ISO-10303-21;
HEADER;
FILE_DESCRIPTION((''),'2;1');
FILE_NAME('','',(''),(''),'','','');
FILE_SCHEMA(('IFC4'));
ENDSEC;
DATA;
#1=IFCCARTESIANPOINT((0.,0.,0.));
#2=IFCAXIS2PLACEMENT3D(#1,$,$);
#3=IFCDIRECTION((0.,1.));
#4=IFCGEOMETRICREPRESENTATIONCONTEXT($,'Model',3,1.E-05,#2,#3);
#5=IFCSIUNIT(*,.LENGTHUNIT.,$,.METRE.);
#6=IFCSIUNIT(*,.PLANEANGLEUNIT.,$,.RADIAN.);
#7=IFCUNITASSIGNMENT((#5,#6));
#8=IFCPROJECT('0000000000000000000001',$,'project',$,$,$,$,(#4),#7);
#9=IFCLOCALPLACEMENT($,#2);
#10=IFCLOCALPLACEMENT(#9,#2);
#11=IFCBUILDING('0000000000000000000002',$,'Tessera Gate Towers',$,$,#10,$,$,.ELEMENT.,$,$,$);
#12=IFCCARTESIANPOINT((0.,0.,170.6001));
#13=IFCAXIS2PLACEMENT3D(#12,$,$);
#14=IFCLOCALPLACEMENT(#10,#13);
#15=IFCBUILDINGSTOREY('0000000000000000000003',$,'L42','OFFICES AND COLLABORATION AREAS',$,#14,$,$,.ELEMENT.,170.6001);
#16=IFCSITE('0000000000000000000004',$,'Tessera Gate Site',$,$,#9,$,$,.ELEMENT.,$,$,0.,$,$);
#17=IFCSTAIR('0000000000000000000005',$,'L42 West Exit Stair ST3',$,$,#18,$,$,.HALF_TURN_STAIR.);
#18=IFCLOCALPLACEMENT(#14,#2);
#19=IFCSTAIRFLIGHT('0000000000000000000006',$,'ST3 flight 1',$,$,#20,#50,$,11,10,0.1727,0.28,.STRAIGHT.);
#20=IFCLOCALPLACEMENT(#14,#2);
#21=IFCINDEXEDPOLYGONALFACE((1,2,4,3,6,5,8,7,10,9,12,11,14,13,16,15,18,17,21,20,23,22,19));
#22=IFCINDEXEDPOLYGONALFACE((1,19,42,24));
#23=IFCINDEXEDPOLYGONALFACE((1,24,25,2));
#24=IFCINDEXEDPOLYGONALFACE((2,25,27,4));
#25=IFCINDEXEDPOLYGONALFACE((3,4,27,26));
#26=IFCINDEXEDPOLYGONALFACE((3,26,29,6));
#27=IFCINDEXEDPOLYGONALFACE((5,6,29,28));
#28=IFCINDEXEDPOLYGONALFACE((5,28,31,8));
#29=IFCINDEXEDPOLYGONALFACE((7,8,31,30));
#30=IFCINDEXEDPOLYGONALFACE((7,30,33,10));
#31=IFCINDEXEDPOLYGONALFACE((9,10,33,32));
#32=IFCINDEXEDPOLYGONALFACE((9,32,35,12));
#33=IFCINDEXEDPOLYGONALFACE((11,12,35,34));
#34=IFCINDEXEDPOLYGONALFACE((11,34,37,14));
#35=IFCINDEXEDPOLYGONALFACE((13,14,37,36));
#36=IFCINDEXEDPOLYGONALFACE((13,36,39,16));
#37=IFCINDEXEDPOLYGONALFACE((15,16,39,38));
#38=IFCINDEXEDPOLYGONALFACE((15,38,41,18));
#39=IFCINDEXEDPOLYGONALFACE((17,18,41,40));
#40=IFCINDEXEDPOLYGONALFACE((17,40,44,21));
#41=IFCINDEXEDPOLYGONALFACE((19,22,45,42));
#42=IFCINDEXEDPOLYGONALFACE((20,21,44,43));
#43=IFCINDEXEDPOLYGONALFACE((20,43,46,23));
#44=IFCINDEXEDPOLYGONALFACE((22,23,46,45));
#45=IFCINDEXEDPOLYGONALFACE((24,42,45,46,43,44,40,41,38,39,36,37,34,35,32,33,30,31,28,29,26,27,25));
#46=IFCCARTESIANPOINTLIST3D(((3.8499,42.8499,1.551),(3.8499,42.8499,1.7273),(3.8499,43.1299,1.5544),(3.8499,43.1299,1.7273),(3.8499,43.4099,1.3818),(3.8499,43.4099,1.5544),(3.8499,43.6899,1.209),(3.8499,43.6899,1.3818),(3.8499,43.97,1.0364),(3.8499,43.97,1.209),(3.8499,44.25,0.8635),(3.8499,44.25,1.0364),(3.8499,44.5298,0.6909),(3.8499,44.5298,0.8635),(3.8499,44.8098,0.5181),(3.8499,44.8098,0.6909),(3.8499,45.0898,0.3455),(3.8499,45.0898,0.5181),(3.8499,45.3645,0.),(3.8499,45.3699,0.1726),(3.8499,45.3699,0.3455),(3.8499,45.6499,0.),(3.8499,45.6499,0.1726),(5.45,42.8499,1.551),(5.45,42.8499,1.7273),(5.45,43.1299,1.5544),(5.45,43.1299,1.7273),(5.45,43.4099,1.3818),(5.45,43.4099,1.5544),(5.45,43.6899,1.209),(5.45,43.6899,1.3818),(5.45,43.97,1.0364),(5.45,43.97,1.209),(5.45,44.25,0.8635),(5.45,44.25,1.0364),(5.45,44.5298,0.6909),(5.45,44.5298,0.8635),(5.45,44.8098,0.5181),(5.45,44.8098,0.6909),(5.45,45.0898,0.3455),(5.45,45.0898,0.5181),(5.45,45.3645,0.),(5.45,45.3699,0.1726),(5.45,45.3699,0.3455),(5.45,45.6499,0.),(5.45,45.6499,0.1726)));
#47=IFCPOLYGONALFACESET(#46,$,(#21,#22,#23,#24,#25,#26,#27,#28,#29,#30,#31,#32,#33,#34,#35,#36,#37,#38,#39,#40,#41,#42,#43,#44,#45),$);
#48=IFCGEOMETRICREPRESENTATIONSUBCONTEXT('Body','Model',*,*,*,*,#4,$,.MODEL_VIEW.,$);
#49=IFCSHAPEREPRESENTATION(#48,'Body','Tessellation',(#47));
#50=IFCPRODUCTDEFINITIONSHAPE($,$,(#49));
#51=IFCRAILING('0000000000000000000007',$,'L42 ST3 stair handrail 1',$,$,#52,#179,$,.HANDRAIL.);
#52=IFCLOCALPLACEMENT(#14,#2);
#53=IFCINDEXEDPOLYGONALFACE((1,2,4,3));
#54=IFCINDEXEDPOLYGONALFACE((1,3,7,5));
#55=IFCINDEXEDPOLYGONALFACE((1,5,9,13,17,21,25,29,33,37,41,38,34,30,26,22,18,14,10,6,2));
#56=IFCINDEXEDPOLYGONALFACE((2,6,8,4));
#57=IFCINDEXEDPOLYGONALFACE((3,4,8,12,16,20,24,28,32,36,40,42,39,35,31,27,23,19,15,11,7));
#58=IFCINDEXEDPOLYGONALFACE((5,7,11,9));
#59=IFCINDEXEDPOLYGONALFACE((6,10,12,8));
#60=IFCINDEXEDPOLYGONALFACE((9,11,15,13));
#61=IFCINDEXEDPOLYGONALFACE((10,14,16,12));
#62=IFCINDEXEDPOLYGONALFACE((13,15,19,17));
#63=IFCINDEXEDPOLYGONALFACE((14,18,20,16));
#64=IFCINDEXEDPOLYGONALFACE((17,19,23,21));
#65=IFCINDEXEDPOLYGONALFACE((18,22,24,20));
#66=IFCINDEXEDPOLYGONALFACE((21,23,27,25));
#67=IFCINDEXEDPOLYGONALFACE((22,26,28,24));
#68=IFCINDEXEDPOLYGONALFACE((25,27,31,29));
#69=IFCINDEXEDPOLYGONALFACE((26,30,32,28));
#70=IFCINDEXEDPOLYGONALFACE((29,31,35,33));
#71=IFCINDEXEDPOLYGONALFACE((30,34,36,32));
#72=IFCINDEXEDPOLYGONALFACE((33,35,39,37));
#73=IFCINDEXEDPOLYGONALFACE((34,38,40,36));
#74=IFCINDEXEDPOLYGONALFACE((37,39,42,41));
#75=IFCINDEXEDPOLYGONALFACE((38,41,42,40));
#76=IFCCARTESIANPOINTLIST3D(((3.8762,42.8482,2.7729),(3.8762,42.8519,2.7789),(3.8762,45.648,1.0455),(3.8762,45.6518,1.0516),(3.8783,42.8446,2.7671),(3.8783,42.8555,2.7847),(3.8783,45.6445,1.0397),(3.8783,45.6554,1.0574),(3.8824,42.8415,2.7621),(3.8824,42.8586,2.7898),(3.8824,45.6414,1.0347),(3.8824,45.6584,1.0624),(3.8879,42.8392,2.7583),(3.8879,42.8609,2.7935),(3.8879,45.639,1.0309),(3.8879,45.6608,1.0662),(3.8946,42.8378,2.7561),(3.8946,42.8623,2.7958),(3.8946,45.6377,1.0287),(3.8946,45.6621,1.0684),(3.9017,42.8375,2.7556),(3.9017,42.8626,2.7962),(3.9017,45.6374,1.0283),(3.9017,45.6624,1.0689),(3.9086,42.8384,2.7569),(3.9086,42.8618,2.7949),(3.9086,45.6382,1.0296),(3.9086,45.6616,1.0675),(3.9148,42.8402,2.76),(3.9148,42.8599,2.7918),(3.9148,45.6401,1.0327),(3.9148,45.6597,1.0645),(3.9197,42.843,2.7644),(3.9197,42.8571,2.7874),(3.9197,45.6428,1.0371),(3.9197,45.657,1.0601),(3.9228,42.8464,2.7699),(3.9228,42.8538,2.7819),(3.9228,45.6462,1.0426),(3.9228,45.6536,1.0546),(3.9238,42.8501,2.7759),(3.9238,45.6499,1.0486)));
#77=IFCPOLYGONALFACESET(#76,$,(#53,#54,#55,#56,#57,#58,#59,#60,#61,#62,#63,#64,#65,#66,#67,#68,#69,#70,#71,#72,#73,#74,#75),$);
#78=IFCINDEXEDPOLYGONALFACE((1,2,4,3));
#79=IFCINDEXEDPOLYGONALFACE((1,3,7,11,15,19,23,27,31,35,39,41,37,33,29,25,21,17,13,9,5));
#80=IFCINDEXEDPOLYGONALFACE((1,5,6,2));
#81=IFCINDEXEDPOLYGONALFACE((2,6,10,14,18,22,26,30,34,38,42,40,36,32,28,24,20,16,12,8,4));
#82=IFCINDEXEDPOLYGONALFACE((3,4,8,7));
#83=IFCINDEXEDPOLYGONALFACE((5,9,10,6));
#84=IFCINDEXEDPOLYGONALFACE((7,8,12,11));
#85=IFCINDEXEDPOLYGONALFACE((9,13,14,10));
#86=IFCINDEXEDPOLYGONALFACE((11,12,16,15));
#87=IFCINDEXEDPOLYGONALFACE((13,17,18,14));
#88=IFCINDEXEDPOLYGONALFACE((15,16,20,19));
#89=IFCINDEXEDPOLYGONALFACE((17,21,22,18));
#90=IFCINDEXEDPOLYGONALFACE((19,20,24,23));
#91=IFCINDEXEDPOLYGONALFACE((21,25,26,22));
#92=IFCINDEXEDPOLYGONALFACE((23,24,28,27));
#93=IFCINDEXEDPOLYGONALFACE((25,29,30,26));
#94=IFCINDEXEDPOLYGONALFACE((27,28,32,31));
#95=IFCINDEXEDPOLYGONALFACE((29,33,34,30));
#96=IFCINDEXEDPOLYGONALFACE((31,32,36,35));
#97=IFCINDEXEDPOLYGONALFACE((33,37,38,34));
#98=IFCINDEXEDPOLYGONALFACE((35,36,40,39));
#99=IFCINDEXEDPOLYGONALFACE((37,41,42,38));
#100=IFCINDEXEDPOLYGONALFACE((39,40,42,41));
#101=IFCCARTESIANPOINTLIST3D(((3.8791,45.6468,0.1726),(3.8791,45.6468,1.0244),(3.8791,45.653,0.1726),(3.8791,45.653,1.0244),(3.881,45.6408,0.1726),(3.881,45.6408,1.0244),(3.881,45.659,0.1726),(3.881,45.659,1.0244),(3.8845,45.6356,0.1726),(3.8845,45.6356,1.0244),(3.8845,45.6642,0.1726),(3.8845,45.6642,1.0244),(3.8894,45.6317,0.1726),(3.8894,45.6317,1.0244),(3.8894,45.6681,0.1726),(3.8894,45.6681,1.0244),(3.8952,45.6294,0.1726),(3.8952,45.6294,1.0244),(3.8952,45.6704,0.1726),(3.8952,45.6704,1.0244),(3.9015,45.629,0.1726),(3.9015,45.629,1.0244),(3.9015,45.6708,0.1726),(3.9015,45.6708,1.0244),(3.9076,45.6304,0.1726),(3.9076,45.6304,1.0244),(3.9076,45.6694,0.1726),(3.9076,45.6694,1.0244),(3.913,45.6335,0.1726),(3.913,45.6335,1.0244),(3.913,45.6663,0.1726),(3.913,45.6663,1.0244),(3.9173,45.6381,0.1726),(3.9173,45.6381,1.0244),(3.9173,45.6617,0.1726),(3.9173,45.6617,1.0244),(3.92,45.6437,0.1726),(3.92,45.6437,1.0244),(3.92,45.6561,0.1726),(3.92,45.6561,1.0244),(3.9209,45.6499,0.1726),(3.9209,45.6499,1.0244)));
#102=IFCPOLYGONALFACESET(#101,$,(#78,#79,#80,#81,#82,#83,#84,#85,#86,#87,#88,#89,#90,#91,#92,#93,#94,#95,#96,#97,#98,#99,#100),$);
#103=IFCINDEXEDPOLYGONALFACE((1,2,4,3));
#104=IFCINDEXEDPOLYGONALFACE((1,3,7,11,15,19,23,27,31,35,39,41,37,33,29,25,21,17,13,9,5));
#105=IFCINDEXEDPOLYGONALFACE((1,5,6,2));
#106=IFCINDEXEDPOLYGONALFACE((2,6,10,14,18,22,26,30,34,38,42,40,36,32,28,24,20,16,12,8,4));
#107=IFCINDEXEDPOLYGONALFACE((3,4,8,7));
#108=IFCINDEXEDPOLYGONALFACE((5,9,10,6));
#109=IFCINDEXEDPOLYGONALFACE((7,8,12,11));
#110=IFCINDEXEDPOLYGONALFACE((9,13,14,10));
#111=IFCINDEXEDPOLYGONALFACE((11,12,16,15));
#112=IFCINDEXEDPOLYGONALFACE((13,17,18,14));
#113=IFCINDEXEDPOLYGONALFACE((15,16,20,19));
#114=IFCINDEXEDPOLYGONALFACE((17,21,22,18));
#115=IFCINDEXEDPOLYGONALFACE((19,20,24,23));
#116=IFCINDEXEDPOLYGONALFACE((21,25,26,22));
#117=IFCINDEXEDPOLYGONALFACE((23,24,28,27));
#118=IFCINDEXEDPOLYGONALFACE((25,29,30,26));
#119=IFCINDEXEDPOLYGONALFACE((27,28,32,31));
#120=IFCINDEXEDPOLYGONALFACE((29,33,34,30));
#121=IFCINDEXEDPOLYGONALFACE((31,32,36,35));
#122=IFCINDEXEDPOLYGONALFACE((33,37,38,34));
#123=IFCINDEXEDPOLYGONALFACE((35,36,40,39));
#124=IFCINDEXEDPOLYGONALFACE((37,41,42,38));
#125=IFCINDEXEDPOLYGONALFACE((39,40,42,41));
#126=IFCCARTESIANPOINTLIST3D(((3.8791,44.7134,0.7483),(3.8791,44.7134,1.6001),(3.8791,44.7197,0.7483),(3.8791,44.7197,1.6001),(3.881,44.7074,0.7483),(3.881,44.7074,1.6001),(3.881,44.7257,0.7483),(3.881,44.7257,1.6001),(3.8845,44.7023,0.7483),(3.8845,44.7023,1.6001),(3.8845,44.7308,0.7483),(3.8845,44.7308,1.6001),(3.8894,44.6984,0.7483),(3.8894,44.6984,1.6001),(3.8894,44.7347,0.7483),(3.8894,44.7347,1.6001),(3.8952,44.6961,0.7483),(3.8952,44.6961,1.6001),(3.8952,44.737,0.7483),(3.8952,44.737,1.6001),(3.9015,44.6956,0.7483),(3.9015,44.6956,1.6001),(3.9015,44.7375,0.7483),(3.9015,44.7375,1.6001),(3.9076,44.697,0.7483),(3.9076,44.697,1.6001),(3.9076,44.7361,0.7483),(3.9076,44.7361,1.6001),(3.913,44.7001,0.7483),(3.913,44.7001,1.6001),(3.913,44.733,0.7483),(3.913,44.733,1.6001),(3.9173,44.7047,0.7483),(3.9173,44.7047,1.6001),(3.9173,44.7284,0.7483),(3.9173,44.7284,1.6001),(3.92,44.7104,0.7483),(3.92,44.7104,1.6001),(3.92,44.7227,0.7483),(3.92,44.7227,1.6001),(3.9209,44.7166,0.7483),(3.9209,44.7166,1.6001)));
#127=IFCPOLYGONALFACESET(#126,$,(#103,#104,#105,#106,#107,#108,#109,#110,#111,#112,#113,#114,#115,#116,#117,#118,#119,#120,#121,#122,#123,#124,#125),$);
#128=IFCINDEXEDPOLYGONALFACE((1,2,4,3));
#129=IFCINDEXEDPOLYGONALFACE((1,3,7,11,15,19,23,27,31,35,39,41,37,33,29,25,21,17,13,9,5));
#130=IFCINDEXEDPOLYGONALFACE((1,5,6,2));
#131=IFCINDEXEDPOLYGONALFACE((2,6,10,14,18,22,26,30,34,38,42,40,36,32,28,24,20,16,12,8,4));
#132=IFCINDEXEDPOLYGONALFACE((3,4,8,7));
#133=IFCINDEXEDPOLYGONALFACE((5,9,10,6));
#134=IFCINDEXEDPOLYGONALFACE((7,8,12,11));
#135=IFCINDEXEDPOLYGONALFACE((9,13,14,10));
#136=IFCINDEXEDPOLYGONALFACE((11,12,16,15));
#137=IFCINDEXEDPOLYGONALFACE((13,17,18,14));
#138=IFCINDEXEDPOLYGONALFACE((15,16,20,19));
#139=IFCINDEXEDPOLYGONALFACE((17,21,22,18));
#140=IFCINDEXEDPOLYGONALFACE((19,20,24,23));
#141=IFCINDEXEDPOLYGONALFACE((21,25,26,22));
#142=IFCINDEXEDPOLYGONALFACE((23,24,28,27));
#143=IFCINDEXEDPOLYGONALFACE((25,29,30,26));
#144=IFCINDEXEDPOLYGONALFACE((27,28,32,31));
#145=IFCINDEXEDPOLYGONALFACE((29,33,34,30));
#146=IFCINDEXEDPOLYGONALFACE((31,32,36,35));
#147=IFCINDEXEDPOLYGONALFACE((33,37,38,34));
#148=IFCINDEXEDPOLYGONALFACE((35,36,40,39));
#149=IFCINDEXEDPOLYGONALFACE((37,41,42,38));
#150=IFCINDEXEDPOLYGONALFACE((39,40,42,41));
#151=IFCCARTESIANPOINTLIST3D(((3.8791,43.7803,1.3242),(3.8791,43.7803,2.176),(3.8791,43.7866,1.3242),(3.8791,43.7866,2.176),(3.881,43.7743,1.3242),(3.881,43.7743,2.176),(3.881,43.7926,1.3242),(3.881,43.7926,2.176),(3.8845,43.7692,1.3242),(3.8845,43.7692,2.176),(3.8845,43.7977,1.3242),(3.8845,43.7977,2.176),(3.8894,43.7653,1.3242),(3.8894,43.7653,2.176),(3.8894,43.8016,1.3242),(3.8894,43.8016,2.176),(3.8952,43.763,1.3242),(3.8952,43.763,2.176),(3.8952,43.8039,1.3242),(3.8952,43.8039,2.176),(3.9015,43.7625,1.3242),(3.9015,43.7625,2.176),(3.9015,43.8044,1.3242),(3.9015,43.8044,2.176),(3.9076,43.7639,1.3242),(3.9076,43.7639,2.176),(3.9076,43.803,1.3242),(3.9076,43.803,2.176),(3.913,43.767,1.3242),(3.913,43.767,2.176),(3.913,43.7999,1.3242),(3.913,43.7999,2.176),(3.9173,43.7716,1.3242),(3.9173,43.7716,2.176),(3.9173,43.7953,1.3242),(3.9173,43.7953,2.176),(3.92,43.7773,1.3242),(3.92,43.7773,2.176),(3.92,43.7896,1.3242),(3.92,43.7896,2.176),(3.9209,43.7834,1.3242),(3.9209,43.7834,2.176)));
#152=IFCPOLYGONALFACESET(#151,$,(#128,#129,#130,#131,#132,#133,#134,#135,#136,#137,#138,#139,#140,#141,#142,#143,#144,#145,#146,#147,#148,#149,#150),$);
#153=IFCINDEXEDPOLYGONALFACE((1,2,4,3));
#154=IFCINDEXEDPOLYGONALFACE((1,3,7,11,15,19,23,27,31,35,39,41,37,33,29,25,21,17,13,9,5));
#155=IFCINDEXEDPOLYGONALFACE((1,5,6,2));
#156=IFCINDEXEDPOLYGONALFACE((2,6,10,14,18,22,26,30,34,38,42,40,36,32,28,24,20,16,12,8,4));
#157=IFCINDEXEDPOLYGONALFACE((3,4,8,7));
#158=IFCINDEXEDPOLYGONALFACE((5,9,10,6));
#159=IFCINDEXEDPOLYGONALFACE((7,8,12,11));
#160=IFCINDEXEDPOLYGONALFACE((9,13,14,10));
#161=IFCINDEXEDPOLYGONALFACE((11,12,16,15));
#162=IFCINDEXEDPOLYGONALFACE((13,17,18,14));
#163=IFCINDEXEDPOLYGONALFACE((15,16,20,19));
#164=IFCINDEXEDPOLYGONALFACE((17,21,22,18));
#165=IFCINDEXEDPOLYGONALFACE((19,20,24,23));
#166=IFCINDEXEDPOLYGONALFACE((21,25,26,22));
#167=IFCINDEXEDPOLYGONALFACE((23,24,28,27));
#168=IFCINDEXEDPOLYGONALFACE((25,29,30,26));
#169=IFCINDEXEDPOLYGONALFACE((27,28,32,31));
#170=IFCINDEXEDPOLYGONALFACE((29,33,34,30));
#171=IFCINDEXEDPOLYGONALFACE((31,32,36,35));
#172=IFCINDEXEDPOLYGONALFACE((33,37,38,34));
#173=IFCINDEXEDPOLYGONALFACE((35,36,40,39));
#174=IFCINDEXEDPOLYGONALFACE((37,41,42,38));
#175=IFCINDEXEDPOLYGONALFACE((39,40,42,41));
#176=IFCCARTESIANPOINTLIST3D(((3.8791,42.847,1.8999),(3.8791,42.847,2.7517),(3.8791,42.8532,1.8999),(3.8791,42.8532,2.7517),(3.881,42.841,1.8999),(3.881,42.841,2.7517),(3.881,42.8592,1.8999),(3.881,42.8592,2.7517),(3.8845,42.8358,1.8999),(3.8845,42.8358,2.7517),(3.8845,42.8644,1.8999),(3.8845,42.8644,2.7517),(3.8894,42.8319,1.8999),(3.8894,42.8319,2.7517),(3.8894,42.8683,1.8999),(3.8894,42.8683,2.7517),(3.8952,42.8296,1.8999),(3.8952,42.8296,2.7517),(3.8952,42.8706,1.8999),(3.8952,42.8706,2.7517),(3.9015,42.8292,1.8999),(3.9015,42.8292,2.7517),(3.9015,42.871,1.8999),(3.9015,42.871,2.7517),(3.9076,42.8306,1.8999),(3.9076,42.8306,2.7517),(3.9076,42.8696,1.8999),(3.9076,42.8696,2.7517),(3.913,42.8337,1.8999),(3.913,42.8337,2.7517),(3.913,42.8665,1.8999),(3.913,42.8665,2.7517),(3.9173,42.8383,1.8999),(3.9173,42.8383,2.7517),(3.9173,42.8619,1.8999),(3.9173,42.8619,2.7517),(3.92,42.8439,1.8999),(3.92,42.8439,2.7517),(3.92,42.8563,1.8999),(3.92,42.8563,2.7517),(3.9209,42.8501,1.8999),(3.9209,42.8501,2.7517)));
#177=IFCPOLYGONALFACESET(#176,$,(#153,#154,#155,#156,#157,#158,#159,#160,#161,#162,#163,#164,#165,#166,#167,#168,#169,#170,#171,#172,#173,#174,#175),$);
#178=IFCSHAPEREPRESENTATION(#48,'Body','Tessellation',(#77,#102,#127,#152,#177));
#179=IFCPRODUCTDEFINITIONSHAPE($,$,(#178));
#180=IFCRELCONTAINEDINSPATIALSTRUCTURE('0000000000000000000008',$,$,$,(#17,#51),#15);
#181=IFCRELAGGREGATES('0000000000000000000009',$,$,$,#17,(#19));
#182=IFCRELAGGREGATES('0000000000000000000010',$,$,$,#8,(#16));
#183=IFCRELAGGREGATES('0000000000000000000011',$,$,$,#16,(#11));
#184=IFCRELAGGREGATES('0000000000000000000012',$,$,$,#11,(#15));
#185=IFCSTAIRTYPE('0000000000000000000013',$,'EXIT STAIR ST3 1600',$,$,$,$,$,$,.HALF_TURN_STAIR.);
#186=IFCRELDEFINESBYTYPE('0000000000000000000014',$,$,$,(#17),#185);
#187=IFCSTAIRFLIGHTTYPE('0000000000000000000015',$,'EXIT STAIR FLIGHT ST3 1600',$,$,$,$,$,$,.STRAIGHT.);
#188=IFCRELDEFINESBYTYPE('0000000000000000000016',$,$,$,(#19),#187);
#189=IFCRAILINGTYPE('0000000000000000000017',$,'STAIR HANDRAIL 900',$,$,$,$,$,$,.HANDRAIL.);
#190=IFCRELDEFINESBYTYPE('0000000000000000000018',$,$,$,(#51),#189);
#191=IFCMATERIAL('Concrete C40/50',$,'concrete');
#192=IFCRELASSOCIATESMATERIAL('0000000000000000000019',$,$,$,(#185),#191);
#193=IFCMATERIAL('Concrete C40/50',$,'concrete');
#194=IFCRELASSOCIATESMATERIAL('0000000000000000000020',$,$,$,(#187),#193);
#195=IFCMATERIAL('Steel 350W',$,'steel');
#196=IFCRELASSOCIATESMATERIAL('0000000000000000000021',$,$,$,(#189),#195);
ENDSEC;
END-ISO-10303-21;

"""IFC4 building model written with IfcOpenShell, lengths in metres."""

from ifc_helpers import new_model, si_unit, direction, frame, origin, origin_2d, place, context, subcontext, project, spatial, polyline, circle, outline, extrude, material, type_object, element, aggregate, save


model = new_model("IFC4")

# Units and contexts
model_context = context("Model", 3, precision=1e-05, world=origin(), true_north=direction((0.0, 1.0)))
body_context = subcontext(model_context, "Body", "Model", "MODEL_VIEW")
ifc_project = project(units=[si_unit("LENGTHUNIT", "METRE"), si_unit("PLANEANGLEUNIT", "RADIAN")], contexts=[model_context])

# Site, building, storey
site_placement = place(None, origin())
site = spatial("IfcSite", under=ifc_project, at=site_placement, Name="Tessera Gate Site", CompositionType="ELEMENT", RefElevation=0.0)
building_placement = place(site_placement, origin())
building = spatial("IfcBuilding", under=site, at=building_placement, Name="Tessera Gate Towers", CompositionType="ELEMENT")
storey_placement = place(building_placement, frame((0.0, 0.0, 170.6001)))
storey = spatial("IfcBuildingStorey", under=building, at=storey_placement, Name="L42", Description="OFFICES AND COLLABORATION AREAS", CompositionType="ELEMENT", Elevation=170.6001)

# Stair, stair flight
ifc_material_1 = material(Name="Concrete C40/50", Category="concrete")
stair_type = type_object("IfcStairType", Name="EXIT STAIR ST3 1600", PredefinedType="HALF_TURN_STAIR", material=ifc_material_1)
stair_placement = place(storey_placement, origin())
stair = element("IfcStair", 1, at=stair_placement, inside=storey, type_object=stair_type, Name="L42 West Exit Stair ST3", PredefinedType="HALF_TURN_STAIR")
ifc_material_2 = material(Name="Concrete C40/50", Category="concrete")
stair_flight_type = type_object("IfcStairFlightType", Name="EXIT STAIR FLIGHT ST3 1600", PredefinedType="STRAIGHT", material=ifc_material_2)
stair_flight_placement = place(storey_placement, frame((4.6499, 45.6499, 0.0), z_axis=(0.0, 0.0, 1.0), x_axis=(0.0, -1.0, 0.0)))
stair_flight = element("IfcStairFlight", 2, at=stair_flight_placement, type_object=stair_flight_type, Name="ST3 flight 1", NumberOfRisers=11, NumberOfTreads=10, PredefinedType="STRAIGHT", RiserHeight=0.1727, TreadLength=0.28, context=body_context, shape_type="SweptSolid", body=[
    extrude(outline(polyline([(0.0, 0.0), (0.0, 0.1726), (0.28, 0.1726), (0.28, 0.3455), (0.5601, 0.3455), (0.5601, 0.5181), (0.8401, 0.5181), (0.8401, 0.6909), (1.1201, 0.6909), (1.1201, 0.8635), (1.3999, 0.8635), (1.3999, 1.0364), (1.6799, 1.0364), (1.6799, 1.209), (1.96, 1.209), (1.96, 1.3818), (2.24, 1.3818), (2.24, 1.5544), (2.52, 1.5544), (2.52, 1.7273), (2.8, 1.7273), (2.8, 1.8999), (2.8, 1.551), (0.2854, 0.0), (0.0, 0.0)])), frame((0.0, 0.8, 0.0), z_axis=(0.0, -1.0, 0.0), x_axis=(1.0, 0.0, 0.0)), (0.0, 0.0, 1.0), 1.6001),
])
aggregate(stair, [stair_flight])

# Railing
ifc_material_3 = material(Name="Steel 350W", Category="steel")
railing_type_1 = type_object("IfcRailingType", Name="STAIR HANDRAIL 900", PredefinedType="HANDRAIL", material=ifc_material_3)
railing_1_placement = place(storey_placement, frame((3.8999, 45.6499, 0.1726)))
element("IfcRailing", 3, at=railing_1_placement, inside=storey, type_object=railing_type_1, Name="L42 ST3 stair handrail 1", PredefinedType="HANDRAIL", context=body_context, shape_type="SweptSolid", body=[
    extrude(circle(Radius=0.0239, at=origin_2d()), frame((0.0, 0.0, 0.876), z_axis=(0.0, -0.851069, 0.525054), x_axis=(1.0, 0.0, 0.0)), (0.0, 0.0, 1.0), 3.2898),
    extrude(circle(Radius=0.021, at=origin_2d()), origin(), (0.0, 0.0, 1.0), 0.8518),
    extrude(circle(Radius=0.021, at=origin_2d()), frame((0.0, -0.9333, 0.5757)), (0.0, 0.0, 1.0), 0.8518),
    extrude(circle(Radius=0.021, at=origin_2d()), frame((0.0, -1.8665, 1.1516)), (0.0, 0.0, 1.0), 0.8518),
    extrude(circle(Radius=0.021, at=origin_2d()), frame((0.0, -2.7998, 1.7273)), (0.0, 0.0, 1.0), 0.8518),
])

save(model, "model.ifc")
